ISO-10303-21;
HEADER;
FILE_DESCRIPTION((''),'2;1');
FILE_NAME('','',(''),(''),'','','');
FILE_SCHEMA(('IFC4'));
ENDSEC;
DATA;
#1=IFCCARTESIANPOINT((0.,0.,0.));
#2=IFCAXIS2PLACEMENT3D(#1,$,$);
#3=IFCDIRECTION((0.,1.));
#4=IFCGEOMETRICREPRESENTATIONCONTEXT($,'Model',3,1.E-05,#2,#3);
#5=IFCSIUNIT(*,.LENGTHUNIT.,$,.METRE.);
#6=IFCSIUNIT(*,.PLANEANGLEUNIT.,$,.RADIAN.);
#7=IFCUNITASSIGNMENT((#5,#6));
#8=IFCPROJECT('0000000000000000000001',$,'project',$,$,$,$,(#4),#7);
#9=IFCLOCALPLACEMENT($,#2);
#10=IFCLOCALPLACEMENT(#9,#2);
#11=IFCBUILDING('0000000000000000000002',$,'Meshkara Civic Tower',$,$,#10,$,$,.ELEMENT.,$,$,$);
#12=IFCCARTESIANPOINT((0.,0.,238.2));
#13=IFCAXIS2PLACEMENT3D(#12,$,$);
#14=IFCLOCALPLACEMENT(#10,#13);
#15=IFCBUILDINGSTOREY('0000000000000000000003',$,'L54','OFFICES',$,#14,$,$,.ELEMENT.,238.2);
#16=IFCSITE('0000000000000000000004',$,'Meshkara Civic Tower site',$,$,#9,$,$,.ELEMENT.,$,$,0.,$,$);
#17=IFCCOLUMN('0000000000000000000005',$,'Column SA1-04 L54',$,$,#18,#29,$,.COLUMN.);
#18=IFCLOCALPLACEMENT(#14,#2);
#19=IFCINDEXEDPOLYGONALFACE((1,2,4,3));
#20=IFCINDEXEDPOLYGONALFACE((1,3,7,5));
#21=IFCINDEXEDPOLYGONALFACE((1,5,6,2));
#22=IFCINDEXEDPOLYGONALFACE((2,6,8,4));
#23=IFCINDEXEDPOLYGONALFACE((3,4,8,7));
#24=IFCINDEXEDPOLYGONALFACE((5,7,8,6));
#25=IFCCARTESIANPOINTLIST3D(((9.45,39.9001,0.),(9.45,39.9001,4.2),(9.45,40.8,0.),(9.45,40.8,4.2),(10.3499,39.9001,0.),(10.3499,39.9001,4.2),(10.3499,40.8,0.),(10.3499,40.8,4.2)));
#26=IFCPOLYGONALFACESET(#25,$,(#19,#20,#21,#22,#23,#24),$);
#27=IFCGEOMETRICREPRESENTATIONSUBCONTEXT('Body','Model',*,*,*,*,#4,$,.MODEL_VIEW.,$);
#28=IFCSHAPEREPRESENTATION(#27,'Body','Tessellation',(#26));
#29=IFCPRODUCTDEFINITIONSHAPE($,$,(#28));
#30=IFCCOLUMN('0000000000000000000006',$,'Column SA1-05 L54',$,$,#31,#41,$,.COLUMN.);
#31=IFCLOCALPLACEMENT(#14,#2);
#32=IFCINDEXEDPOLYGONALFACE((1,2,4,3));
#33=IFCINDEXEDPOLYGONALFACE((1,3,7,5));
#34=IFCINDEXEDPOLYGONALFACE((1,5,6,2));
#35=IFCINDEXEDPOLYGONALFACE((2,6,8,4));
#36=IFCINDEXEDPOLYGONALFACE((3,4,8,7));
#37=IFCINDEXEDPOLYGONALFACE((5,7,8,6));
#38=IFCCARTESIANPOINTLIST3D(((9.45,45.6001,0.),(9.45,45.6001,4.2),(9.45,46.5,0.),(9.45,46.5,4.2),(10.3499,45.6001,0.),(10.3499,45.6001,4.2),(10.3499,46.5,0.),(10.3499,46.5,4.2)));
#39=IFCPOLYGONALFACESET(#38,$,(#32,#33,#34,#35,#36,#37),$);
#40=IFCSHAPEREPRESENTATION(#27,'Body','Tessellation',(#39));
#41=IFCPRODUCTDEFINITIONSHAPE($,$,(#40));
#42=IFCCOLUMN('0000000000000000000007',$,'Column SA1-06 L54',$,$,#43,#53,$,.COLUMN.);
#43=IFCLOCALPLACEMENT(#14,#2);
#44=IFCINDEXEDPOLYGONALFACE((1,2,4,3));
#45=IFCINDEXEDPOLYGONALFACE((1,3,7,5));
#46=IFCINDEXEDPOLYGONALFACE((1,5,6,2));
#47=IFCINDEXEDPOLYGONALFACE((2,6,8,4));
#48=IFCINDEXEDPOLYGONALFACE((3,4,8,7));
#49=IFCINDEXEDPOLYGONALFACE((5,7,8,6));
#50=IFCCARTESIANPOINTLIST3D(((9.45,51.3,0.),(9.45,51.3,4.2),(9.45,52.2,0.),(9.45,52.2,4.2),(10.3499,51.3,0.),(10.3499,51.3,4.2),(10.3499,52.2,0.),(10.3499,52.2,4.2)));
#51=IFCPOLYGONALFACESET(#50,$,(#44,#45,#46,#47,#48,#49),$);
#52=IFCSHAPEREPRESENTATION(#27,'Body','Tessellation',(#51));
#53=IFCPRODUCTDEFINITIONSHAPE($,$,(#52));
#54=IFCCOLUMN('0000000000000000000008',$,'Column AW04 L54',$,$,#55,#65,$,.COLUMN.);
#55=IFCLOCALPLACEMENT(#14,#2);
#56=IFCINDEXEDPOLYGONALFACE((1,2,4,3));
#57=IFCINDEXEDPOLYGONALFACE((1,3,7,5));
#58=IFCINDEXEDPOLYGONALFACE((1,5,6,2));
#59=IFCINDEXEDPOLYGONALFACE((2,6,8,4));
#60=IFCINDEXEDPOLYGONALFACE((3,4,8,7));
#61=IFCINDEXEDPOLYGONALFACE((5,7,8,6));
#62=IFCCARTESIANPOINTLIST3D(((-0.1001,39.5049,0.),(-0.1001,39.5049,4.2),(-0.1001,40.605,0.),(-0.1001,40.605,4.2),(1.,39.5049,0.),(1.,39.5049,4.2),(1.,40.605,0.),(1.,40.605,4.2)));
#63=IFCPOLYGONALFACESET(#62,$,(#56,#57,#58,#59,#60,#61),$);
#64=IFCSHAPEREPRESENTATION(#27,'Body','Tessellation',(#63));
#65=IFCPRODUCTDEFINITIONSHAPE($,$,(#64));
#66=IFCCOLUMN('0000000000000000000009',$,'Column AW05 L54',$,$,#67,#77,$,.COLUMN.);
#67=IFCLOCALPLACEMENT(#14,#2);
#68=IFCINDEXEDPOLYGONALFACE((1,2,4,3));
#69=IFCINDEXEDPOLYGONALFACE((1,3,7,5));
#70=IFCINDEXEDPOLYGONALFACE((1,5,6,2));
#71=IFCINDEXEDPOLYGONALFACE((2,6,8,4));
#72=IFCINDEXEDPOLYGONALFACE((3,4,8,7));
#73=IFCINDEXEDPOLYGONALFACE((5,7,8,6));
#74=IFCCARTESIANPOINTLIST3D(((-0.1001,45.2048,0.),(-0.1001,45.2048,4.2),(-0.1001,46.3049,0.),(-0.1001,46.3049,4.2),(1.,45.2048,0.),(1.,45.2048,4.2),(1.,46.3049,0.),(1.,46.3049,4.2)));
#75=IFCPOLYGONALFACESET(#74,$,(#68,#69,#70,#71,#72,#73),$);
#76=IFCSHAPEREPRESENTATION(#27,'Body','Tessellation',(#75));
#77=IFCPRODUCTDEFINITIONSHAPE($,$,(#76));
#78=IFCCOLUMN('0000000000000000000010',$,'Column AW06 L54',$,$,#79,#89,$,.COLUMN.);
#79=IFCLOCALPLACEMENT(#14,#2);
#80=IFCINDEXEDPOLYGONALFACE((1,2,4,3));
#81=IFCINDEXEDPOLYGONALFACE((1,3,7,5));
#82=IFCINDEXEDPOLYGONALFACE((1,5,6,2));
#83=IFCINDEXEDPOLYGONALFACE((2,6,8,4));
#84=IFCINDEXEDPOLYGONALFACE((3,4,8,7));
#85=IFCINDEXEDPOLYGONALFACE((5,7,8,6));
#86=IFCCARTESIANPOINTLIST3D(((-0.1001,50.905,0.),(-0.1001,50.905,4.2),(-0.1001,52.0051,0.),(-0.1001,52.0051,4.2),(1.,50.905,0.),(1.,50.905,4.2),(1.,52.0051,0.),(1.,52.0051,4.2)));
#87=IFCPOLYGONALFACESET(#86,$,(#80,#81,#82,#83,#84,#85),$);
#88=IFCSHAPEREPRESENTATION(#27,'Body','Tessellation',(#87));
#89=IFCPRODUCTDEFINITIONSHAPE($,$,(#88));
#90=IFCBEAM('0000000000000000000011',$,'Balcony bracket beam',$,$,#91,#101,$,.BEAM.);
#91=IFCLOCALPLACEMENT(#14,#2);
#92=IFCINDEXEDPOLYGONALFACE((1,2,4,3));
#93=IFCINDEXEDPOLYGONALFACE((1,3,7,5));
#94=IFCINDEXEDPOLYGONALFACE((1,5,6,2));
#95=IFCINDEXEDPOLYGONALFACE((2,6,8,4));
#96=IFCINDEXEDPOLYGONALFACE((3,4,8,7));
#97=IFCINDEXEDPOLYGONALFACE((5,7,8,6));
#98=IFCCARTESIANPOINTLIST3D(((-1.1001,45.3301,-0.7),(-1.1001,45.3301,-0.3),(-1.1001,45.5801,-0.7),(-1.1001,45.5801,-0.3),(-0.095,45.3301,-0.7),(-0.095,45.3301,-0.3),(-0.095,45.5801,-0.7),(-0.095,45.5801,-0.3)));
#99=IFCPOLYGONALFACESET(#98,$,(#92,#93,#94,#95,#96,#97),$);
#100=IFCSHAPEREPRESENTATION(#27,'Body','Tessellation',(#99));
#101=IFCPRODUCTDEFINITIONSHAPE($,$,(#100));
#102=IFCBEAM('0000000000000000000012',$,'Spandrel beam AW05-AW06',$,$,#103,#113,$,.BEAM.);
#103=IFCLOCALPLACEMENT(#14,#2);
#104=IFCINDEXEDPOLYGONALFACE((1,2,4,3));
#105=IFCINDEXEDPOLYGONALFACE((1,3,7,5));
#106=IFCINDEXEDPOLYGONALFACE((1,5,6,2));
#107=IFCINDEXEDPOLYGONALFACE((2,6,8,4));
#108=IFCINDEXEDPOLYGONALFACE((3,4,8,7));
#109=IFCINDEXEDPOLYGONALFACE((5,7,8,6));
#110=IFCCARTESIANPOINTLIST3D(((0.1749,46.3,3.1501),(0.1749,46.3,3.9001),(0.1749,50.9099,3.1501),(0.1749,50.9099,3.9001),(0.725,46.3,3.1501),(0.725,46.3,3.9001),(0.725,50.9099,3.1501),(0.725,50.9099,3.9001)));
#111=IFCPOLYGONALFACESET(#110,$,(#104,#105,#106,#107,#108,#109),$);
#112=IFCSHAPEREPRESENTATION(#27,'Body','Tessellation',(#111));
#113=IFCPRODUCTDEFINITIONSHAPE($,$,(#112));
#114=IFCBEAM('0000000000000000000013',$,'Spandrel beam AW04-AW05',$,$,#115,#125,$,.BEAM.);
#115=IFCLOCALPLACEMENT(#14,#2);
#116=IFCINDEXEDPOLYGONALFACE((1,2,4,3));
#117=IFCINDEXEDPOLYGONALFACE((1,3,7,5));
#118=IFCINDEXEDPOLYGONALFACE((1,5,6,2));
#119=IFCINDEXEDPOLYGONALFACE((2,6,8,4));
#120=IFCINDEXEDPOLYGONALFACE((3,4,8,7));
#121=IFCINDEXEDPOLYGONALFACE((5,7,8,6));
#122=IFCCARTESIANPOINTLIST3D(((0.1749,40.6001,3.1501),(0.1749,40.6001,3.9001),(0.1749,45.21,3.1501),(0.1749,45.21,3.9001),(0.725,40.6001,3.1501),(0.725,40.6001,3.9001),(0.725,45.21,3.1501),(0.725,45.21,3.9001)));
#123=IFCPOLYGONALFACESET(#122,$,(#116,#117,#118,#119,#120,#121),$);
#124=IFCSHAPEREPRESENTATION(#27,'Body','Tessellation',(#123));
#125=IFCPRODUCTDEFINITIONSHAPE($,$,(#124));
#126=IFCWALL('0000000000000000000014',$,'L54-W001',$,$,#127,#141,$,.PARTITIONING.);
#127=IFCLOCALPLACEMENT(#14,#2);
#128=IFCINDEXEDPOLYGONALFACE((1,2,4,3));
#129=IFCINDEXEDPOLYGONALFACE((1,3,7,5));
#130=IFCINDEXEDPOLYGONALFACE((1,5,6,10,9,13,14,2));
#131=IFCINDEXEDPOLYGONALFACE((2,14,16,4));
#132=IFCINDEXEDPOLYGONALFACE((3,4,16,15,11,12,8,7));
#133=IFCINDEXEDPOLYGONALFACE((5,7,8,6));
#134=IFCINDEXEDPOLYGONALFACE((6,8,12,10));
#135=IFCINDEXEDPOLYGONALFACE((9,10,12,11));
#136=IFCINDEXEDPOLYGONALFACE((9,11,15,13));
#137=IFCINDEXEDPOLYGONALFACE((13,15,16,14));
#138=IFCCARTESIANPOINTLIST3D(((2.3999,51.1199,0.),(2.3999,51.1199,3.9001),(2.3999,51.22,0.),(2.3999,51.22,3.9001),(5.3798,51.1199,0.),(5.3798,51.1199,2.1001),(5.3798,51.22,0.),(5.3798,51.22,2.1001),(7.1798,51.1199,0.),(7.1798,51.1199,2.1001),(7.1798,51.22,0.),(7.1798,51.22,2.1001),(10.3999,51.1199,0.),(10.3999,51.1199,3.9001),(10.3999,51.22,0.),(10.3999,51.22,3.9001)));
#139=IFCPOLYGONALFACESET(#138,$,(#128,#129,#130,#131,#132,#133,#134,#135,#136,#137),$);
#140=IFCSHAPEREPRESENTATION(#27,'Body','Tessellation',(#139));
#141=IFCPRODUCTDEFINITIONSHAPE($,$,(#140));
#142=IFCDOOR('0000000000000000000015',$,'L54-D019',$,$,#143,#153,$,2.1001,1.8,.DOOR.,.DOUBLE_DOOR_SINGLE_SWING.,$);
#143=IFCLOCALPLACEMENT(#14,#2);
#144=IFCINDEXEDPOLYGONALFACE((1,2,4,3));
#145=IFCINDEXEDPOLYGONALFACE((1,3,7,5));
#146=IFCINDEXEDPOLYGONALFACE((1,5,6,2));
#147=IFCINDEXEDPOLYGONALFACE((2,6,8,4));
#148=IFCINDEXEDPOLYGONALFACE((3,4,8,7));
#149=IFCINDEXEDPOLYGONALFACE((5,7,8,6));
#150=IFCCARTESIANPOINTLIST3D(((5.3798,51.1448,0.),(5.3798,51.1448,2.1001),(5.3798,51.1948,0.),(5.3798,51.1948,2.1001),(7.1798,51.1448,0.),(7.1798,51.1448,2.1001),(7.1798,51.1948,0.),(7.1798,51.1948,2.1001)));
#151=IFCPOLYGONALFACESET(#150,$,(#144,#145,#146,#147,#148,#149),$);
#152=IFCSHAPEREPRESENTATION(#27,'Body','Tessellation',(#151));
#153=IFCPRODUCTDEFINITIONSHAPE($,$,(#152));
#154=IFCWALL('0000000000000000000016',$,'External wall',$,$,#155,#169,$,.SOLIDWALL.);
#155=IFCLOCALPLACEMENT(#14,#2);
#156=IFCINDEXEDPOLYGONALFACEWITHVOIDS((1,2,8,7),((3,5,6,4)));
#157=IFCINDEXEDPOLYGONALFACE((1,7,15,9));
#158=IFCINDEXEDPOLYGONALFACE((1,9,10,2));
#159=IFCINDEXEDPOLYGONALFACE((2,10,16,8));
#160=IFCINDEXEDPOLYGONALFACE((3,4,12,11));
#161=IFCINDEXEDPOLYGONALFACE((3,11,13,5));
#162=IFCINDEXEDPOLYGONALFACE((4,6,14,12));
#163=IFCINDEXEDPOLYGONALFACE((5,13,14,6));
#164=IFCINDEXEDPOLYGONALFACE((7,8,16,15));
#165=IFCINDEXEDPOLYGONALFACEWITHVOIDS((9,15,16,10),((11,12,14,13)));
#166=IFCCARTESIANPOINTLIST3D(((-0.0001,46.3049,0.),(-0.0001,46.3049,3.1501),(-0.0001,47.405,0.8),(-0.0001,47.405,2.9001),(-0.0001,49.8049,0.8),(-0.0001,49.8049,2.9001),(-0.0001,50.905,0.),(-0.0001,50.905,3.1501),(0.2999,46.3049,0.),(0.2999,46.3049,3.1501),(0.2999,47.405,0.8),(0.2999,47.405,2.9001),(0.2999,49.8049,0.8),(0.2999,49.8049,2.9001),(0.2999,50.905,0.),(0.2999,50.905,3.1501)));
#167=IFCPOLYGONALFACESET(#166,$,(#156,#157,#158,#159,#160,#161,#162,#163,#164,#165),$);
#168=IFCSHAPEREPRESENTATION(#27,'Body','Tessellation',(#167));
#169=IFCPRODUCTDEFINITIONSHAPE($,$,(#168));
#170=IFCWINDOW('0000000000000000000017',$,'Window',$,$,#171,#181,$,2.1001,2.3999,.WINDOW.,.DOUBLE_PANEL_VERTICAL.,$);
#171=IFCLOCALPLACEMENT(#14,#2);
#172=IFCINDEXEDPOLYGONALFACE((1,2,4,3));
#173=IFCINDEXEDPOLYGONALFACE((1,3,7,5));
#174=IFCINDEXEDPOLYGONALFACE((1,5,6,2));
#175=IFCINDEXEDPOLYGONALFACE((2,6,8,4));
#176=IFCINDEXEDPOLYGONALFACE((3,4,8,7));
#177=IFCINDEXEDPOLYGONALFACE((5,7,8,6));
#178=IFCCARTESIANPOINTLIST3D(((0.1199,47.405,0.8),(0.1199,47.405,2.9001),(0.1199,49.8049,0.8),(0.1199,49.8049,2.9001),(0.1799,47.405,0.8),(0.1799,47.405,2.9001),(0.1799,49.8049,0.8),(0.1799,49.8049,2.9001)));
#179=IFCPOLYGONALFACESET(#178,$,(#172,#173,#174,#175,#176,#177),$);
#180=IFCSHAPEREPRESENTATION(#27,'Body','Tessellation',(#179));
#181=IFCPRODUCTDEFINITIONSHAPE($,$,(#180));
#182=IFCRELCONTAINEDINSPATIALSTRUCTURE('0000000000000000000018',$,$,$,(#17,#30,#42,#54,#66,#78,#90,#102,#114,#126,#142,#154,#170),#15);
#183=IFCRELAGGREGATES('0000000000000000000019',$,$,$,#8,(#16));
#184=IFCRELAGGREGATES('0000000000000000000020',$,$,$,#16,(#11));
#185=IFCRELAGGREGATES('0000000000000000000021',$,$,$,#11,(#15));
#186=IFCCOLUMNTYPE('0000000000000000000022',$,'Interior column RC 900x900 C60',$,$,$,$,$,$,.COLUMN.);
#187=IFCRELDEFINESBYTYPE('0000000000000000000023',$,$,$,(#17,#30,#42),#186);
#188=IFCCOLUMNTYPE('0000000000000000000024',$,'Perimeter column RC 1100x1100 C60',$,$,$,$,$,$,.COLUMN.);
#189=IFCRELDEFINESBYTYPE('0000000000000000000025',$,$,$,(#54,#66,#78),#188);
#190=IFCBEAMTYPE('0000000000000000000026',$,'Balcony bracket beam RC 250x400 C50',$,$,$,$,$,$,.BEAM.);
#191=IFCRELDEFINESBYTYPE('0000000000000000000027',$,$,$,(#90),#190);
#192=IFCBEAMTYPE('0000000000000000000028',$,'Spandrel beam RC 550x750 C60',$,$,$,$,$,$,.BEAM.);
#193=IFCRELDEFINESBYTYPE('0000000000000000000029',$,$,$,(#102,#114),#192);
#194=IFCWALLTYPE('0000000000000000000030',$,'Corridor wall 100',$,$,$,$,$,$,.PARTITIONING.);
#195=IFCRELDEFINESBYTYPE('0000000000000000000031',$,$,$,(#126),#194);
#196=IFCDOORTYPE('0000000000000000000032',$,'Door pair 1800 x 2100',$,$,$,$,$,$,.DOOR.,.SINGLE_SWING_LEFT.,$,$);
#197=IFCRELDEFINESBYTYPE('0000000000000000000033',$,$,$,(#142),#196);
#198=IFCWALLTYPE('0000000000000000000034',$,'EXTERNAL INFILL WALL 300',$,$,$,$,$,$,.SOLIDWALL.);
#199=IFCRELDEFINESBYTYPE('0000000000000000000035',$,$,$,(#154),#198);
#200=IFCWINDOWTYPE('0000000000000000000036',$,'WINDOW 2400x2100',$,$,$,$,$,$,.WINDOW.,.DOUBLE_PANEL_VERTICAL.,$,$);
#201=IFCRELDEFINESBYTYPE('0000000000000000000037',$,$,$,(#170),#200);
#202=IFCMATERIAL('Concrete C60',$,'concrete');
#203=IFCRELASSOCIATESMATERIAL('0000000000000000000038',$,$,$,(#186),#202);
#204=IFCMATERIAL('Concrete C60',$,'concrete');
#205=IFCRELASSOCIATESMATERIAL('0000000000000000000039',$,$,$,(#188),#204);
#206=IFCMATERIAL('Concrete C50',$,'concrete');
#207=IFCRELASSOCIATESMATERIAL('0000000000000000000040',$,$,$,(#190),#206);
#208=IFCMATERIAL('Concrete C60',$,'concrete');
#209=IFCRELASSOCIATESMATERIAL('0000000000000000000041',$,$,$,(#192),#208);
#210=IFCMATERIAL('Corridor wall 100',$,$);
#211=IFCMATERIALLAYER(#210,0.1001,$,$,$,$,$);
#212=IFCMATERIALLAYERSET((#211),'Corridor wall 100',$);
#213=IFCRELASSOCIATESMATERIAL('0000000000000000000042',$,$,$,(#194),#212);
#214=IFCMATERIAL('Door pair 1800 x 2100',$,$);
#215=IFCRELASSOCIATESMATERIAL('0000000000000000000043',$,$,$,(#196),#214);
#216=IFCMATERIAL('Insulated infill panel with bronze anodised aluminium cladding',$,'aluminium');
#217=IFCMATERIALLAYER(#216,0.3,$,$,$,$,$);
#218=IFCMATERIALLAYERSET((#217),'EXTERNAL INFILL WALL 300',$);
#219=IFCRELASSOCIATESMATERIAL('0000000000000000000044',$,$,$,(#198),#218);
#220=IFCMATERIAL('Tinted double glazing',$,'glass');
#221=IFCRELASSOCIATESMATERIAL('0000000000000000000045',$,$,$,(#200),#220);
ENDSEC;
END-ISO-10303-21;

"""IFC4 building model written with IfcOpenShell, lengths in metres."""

from ifc_helpers import new_model, si_unit, direction, frame, frame_2d, origin, origin_2d, place, context, subcontext, project, spatial, rectangle, extrude, material, layer, layer_set, material_profile, profile_set, type_object, element, fill, save


model = new_model("IFC4")

# Units and contexts
model_context = context("Model", 3, precision=1e-05, world=origin(), true_north=direction((0.0, 1.0)))
body_context = subcontext(model_context, "Body", "Model", "MODEL_VIEW")
ifc_project = project(units=[si_unit("LENGTHUNIT", "METRE"), si_unit("PLANEANGLEUNIT", "RADIAN")], contexts=[model_context])

# Site, building, storey
site_placement = place(None, origin())
site = spatial("IfcSite", under=ifc_project, at=site_placement, Name="Meshkara Civic Tower site", CompositionType="ELEMENT", RefElevation=0.0)
building_placement = place(site_placement, origin())
building = spatial("IfcBuilding", under=site, at=building_placement, Name="Meshkara Civic Tower", CompositionType="ELEMENT")
storey_placement = place(building_placement, frame((0.0, 0.0, 238.2)))
storey = spatial("IfcBuildingStorey", under=building, at=storey_placement, Name="L54", Description="OFFICES", CompositionType="ELEMENT", Elevation=238.2)

# Columns
ifc_material_1 = material(Name="Concrete C60", Category="concrete")
ifc_material_profile_1 = material_profile(ifc_material_1, rectangle(XDim=0.8999, YDim=0.8999, at=origin_2d()))
ifc_profile_set_1 = profile_set([ifc_material_profile_1], Name="Concrete C60")
column_type_1 = type_object("IfcColumnType", Name="Interior column RC 900x900 C60", PredefinedType="COLUMN", material=ifc_profile_set_1)
for number, where, z_axis, x_axis, name in (
    (1, (9.8999, 40.3501, 0.0), (0.0, 0.0, 1.0), (1.0, 0.0, 0.0), "Column SA1-04 L54"),
    (2, (9.8999, 46.05, 0.0), (0.0, 0.0, 1.0), (1.0, 0.0, 0.0), "Column SA1-05 L54"),
    (3, (9.8999, 51.75, 0.0), (0.0, 0.0, 1.0), (1.0, 0.0, 0.0), "Column SA1-06 L54"),
):
    element("IfcColumn", number, at=place(storey_placement, frame(where, z_axis=z_axis, x_axis=x_axis)), inside=storey, type_object=column_type_1, Name=name, PredefinedType="COLUMN", context=body_context, shape_type="SweptSolid", body=[
        extrude(rectangle(XDim=0.8999, YDim=0.8999, at=origin_2d()), origin(), (0.0, 0.0, 1.0), 4.2),
    ])
ifc_material_2 = material(Name="Concrete C60", Category="concrete")
ifc_material_profile_2 = material_profile(ifc_material_2, rectangle(XDim=1.1001, YDim=1.1001, at=origin_2d()))
ifc_profile_set_2 = profile_set([ifc_material_profile_2], Name="Concrete C60")
column_type_2 = type_object("IfcColumnType", Name="Perimeter column RC 1100x1100 C60", PredefinedType="COLUMN", material=ifc_profile_set_2)
for number, where, z_axis, x_axis, name in (
    (4, (0.45, 40.0549, 0.0), (0.0, 0.0, 1.0), (1.0, 0.0, 0.0), "Column AW04 L54"),
    (5, (0.45, 45.7549, 0.0), (0.0, 0.0, 1.0), (1.0, 0.0, 0.0), "Column AW05 L54"),
    (6, (0.45, 51.4551, 0.0), (0.0, 0.0, 1.0), (1.0, 0.0, 0.0), "Column AW06 L54"),
):
    element("IfcColumn", number, at=place(storey_placement, frame(where, z_axis=z_axis, x_axis=x_axis)), inside=storey, type_object=column_type_2, Name=name, PredefinedType="COLUMN", context=body_context, shape_type="SweptSolid", body=[
        extrude(rectangle(XDim=1.1001, YDim=1.1001, at=origin_2d()), origin(), (0.0, 0.0, 1.0), 4.2),
    ])

# Beams
ifc_material_3 = material(Name="Concrete C50", Category="concrete")
ifc_material_profile_3 = material_profile(ifc_material_3, rectangle(XDim=0.25, YDim=0.3999, at=origin_2d()))
ifc_profile_set_3 = profile_set([ifc_material_profile_3], Name="Concrete C50")
beam_type_1 = type_object("IfcBeamType", Name="Balcony bracket beam RC 250x400 C50", PredefinedType="BEAM", material=ifc_profile_set_3)
beam_placement = place(storey_placement, frame((-0.095, 45.4551, -0.5), z_axis=(-1.0, 0.0, 0.0), x_axis=(0.0, -1.0, 0.0)))
element("IfcBeam", 7, at=beam_placement, inside=storey, type_object=beam_type_1, Name="Balcony bracket beam", PredefinedType="BEAM", context=body_context, shape_type="SweptSolid", body=[
    extrude(rectangle(XDim=0.25, YDim=0.3999, at=origin_2d()), origin(), (0.0, 0.0, 1.0), 1.0051),
])
ifc_material_4 = material(Name="Concrete C60", Category="concrete")
ifc_material_profile_4 = material_profile(ifc_material_4, rectangle(XDim=0.55, YDim=0.75, at=origin_2d()))
ifc_profile_set_4 = profile_set([ifc_material_profile_4], Name="Concrete C60")
beam_type_2 = type_object("IfcBeamType", Name="Spandrel beam RC 550x750 C60", PredefinedType="BEAM", material=ifc_profile_set_4)
for number, where, z_axis, x_axis, name in (
    (8, (0.45, 50.9099, 3.5251), (0.0, -1.0, 0.0), (1.0, 0.0, 0.0), "Spandrel beam AW05-AW06"),
    (9, (0.45, 45.21, 3.5251), (0.0, -1.0, 0.0), (1.0, 0.0, 0.0), "Spandrel beam AW04-AW05"),
):
    element("IfcBeam", number, at=place(storey_placement, frame(where, z_axis=z_axis, x_axis=x_axis)), inside=storey, type_object=beam_type_2, Name=name, PredefinedType="BEAM", context=body_context, shape_type="SweptSolid", body=[
        extrude(rectangle(XDim=0.55, YDim=0.75, at=origin_2d()), origin(), (0.0, 0.0, 1.0), 4.6099),
    ])

# Wall, opening, door
ifc_material_5 = material(Name="Corridor wall 100")
ifc_layer_1 = layer(ifc_material_5, 0.1001)
ifc_layer_set_1 = layer_set([ifc_layer_1], Name="Corridor wall 100")
wall_type_1 = type_object("IfcWallType", Name="Corridor wall 100", PredefinedType="PARTITIONING", material=ifc_layer_set_1)
wall_1_placement = place(storey_placement, frame((2.3999, 51.1699, 0.0), z_axis=(0.0, 0.0, 1.0), x_axis=(1.0, 0.0, 0.0)))
wall_1 = element("IfcWall", 10, at=wall_1_placement, inside=storey, type_object=wall_type_1, Name="L54-W001", PredefinedType="PARTITIONING", context=body_context, shape_type="SweptSolid", body=[
    extrude(rectangle(XDim=8.0, YDim=0.1001, at=frame_2d((4.0, 0.0))), origin(), (0.0, 0.0, 1.0), 3.9001),
])
opening_1_placement = place(wall_1_placement, frame((2.98, 0.0, 0.0)))
opening_1 = element("IfcOpeningElement", 11, at=opening_1_placement, cuts=wall_1, PredefinedType="OPENING", context=body_context, shape_type="SweptSolid", body=[
    extrude(rectangle(XDim=1.8, YDim=2.1001, at=frame_2d((0.8999, 1.05))), frame((0.0, 0.0601, 0.0), z_axis=(0.0, -1.0, 0.0), x_axis=(1.0, 0.0, 0.0)), (0.0, 0.0, 1.0), 0.1201),
])
ifc_material_6 = material(Name="Door pair 1800 x 2100")
door_type_1 = type_object("IfcDoorType", Name="Door pair 1800 x 2100", OperationType="SINGLE_SWING_LEFT", PredefinedType="DOOR", material=ifc_material_6)
door_1_placement = place(opening_1_placement, origin())
door_1 = element("IfcDoor", 12, at=door_1_placement, inside=storey, type_object=door_type_1, Name="L54-D019", OperationType="DOUBLE_DOOR_SINGLE_SWING", OverallHeight=2.1001, OverallWidth=1.8, PredefinedType="DOOR", context=body_context, shape_type="SweptSolid", body=[
    extrude(rectangle(XDim=1.8, YDim=2.1001, at=frame_2d((0.8999, 1.05))), frame((0.0, 0.0249, 0.0), z_axis=(0.0, -1.0, 0.0), x_axis=(1.0, 0.0, 0.0)), (0.0, 0.0, 1.0), 0.05),
])
fill(opening_1, door_1)

# Wall, opening, window
ifc_material_7 = material(Name="Insulated infill panel with bronze anodised aluminium cladding", Category="aluminium")
ifc_layer_2 = layer(ifc_material_7, 0.3)
ifc_layer_set_2 = layer_set([ifc_layer_2], Name="EXTERNAL INFILL WALL 300")
wall_type_2 = type_object("IfcWallType", Name="EXTERNAL INFILL WALL 300", PredefinedType="SOLIDWALL", material=ifc_layer_set_2)
wall_2_placement = place(storey_placement, frame((0.1499, 50.905, 0.0), z_axis=(0.0, 0.0, 1.0), x_axis=(0.0, -1.0, 0.0)))
wall_2 = element("IfcWall", 13, at=wall_2_placement, inside=storey, type_object=wall_type_2, Name="External wall", PredefinedType="SOLIDWALL", context=body_context, shape_type="SweptSolid", body=[
    extrude(rectangle(XDim=4.6001, YDim=0.3, at=frame_2d((2.3, 0.0))), origin(), (0.0, 0.0, 1.0), 3.1501),
])
opening_2_placement = place(wall_2_placement, frame((1.1001, 0.0, 0.8)))
opening_2 = element("IfcOpeningElement", 14, at=opening_2_placement, cuts=wall_2, PredefinedType="OPENING", context=body_context, shape_type="SweptSolid", body=[
    extrude(rectangle(XDim=2.3999, YDim=2.1001, at=frame_2d((1.2, 1.05))), frame((0.0, 0.1599, 0.0), z_axis=(0.0, -1.0, 0.0), x_axis=(1.0, 0.0, 0.0)), (0.0, 0.0, 1.0), 0.3201),
])
ifc_material_8 = material(Name="Tinted double glazing", Category="glass")
window_type = type_object("IfcWindowType", Name="WINDOW 2400x2100", PartitioningType="DOUBLE_PANEL_VERTICAL", PredefinedType="WINDOW", material=ifc_material_8)
window_placement = place(opening_2_placement, origin())
window = element("IfcWindow", 15, at=window_placement, inside=storey, type_object=window_type, Name="Window", OverallHeight=2.1001, OverallWidth=2.3999, PartitioningType="DOUBLE_PANEL_VERTICAL", PredefinedType="WINDOW", context=body_context, shape_type="SweptSolid", body=[
    extrude(rectangle(XDim=2.3999, YDim=2.1001, at=frame_2d((1.2, 1.05))), frame((0.0, 0.03, 0.0), z_axis=(0.0, -1.0, 0.0), x_axis=(1.0, 0.0, 0.0)), (0.0, 0.0, 1.0), 0.0601),
])
fill(opening_2, window)

save(model, "model.ifc")
